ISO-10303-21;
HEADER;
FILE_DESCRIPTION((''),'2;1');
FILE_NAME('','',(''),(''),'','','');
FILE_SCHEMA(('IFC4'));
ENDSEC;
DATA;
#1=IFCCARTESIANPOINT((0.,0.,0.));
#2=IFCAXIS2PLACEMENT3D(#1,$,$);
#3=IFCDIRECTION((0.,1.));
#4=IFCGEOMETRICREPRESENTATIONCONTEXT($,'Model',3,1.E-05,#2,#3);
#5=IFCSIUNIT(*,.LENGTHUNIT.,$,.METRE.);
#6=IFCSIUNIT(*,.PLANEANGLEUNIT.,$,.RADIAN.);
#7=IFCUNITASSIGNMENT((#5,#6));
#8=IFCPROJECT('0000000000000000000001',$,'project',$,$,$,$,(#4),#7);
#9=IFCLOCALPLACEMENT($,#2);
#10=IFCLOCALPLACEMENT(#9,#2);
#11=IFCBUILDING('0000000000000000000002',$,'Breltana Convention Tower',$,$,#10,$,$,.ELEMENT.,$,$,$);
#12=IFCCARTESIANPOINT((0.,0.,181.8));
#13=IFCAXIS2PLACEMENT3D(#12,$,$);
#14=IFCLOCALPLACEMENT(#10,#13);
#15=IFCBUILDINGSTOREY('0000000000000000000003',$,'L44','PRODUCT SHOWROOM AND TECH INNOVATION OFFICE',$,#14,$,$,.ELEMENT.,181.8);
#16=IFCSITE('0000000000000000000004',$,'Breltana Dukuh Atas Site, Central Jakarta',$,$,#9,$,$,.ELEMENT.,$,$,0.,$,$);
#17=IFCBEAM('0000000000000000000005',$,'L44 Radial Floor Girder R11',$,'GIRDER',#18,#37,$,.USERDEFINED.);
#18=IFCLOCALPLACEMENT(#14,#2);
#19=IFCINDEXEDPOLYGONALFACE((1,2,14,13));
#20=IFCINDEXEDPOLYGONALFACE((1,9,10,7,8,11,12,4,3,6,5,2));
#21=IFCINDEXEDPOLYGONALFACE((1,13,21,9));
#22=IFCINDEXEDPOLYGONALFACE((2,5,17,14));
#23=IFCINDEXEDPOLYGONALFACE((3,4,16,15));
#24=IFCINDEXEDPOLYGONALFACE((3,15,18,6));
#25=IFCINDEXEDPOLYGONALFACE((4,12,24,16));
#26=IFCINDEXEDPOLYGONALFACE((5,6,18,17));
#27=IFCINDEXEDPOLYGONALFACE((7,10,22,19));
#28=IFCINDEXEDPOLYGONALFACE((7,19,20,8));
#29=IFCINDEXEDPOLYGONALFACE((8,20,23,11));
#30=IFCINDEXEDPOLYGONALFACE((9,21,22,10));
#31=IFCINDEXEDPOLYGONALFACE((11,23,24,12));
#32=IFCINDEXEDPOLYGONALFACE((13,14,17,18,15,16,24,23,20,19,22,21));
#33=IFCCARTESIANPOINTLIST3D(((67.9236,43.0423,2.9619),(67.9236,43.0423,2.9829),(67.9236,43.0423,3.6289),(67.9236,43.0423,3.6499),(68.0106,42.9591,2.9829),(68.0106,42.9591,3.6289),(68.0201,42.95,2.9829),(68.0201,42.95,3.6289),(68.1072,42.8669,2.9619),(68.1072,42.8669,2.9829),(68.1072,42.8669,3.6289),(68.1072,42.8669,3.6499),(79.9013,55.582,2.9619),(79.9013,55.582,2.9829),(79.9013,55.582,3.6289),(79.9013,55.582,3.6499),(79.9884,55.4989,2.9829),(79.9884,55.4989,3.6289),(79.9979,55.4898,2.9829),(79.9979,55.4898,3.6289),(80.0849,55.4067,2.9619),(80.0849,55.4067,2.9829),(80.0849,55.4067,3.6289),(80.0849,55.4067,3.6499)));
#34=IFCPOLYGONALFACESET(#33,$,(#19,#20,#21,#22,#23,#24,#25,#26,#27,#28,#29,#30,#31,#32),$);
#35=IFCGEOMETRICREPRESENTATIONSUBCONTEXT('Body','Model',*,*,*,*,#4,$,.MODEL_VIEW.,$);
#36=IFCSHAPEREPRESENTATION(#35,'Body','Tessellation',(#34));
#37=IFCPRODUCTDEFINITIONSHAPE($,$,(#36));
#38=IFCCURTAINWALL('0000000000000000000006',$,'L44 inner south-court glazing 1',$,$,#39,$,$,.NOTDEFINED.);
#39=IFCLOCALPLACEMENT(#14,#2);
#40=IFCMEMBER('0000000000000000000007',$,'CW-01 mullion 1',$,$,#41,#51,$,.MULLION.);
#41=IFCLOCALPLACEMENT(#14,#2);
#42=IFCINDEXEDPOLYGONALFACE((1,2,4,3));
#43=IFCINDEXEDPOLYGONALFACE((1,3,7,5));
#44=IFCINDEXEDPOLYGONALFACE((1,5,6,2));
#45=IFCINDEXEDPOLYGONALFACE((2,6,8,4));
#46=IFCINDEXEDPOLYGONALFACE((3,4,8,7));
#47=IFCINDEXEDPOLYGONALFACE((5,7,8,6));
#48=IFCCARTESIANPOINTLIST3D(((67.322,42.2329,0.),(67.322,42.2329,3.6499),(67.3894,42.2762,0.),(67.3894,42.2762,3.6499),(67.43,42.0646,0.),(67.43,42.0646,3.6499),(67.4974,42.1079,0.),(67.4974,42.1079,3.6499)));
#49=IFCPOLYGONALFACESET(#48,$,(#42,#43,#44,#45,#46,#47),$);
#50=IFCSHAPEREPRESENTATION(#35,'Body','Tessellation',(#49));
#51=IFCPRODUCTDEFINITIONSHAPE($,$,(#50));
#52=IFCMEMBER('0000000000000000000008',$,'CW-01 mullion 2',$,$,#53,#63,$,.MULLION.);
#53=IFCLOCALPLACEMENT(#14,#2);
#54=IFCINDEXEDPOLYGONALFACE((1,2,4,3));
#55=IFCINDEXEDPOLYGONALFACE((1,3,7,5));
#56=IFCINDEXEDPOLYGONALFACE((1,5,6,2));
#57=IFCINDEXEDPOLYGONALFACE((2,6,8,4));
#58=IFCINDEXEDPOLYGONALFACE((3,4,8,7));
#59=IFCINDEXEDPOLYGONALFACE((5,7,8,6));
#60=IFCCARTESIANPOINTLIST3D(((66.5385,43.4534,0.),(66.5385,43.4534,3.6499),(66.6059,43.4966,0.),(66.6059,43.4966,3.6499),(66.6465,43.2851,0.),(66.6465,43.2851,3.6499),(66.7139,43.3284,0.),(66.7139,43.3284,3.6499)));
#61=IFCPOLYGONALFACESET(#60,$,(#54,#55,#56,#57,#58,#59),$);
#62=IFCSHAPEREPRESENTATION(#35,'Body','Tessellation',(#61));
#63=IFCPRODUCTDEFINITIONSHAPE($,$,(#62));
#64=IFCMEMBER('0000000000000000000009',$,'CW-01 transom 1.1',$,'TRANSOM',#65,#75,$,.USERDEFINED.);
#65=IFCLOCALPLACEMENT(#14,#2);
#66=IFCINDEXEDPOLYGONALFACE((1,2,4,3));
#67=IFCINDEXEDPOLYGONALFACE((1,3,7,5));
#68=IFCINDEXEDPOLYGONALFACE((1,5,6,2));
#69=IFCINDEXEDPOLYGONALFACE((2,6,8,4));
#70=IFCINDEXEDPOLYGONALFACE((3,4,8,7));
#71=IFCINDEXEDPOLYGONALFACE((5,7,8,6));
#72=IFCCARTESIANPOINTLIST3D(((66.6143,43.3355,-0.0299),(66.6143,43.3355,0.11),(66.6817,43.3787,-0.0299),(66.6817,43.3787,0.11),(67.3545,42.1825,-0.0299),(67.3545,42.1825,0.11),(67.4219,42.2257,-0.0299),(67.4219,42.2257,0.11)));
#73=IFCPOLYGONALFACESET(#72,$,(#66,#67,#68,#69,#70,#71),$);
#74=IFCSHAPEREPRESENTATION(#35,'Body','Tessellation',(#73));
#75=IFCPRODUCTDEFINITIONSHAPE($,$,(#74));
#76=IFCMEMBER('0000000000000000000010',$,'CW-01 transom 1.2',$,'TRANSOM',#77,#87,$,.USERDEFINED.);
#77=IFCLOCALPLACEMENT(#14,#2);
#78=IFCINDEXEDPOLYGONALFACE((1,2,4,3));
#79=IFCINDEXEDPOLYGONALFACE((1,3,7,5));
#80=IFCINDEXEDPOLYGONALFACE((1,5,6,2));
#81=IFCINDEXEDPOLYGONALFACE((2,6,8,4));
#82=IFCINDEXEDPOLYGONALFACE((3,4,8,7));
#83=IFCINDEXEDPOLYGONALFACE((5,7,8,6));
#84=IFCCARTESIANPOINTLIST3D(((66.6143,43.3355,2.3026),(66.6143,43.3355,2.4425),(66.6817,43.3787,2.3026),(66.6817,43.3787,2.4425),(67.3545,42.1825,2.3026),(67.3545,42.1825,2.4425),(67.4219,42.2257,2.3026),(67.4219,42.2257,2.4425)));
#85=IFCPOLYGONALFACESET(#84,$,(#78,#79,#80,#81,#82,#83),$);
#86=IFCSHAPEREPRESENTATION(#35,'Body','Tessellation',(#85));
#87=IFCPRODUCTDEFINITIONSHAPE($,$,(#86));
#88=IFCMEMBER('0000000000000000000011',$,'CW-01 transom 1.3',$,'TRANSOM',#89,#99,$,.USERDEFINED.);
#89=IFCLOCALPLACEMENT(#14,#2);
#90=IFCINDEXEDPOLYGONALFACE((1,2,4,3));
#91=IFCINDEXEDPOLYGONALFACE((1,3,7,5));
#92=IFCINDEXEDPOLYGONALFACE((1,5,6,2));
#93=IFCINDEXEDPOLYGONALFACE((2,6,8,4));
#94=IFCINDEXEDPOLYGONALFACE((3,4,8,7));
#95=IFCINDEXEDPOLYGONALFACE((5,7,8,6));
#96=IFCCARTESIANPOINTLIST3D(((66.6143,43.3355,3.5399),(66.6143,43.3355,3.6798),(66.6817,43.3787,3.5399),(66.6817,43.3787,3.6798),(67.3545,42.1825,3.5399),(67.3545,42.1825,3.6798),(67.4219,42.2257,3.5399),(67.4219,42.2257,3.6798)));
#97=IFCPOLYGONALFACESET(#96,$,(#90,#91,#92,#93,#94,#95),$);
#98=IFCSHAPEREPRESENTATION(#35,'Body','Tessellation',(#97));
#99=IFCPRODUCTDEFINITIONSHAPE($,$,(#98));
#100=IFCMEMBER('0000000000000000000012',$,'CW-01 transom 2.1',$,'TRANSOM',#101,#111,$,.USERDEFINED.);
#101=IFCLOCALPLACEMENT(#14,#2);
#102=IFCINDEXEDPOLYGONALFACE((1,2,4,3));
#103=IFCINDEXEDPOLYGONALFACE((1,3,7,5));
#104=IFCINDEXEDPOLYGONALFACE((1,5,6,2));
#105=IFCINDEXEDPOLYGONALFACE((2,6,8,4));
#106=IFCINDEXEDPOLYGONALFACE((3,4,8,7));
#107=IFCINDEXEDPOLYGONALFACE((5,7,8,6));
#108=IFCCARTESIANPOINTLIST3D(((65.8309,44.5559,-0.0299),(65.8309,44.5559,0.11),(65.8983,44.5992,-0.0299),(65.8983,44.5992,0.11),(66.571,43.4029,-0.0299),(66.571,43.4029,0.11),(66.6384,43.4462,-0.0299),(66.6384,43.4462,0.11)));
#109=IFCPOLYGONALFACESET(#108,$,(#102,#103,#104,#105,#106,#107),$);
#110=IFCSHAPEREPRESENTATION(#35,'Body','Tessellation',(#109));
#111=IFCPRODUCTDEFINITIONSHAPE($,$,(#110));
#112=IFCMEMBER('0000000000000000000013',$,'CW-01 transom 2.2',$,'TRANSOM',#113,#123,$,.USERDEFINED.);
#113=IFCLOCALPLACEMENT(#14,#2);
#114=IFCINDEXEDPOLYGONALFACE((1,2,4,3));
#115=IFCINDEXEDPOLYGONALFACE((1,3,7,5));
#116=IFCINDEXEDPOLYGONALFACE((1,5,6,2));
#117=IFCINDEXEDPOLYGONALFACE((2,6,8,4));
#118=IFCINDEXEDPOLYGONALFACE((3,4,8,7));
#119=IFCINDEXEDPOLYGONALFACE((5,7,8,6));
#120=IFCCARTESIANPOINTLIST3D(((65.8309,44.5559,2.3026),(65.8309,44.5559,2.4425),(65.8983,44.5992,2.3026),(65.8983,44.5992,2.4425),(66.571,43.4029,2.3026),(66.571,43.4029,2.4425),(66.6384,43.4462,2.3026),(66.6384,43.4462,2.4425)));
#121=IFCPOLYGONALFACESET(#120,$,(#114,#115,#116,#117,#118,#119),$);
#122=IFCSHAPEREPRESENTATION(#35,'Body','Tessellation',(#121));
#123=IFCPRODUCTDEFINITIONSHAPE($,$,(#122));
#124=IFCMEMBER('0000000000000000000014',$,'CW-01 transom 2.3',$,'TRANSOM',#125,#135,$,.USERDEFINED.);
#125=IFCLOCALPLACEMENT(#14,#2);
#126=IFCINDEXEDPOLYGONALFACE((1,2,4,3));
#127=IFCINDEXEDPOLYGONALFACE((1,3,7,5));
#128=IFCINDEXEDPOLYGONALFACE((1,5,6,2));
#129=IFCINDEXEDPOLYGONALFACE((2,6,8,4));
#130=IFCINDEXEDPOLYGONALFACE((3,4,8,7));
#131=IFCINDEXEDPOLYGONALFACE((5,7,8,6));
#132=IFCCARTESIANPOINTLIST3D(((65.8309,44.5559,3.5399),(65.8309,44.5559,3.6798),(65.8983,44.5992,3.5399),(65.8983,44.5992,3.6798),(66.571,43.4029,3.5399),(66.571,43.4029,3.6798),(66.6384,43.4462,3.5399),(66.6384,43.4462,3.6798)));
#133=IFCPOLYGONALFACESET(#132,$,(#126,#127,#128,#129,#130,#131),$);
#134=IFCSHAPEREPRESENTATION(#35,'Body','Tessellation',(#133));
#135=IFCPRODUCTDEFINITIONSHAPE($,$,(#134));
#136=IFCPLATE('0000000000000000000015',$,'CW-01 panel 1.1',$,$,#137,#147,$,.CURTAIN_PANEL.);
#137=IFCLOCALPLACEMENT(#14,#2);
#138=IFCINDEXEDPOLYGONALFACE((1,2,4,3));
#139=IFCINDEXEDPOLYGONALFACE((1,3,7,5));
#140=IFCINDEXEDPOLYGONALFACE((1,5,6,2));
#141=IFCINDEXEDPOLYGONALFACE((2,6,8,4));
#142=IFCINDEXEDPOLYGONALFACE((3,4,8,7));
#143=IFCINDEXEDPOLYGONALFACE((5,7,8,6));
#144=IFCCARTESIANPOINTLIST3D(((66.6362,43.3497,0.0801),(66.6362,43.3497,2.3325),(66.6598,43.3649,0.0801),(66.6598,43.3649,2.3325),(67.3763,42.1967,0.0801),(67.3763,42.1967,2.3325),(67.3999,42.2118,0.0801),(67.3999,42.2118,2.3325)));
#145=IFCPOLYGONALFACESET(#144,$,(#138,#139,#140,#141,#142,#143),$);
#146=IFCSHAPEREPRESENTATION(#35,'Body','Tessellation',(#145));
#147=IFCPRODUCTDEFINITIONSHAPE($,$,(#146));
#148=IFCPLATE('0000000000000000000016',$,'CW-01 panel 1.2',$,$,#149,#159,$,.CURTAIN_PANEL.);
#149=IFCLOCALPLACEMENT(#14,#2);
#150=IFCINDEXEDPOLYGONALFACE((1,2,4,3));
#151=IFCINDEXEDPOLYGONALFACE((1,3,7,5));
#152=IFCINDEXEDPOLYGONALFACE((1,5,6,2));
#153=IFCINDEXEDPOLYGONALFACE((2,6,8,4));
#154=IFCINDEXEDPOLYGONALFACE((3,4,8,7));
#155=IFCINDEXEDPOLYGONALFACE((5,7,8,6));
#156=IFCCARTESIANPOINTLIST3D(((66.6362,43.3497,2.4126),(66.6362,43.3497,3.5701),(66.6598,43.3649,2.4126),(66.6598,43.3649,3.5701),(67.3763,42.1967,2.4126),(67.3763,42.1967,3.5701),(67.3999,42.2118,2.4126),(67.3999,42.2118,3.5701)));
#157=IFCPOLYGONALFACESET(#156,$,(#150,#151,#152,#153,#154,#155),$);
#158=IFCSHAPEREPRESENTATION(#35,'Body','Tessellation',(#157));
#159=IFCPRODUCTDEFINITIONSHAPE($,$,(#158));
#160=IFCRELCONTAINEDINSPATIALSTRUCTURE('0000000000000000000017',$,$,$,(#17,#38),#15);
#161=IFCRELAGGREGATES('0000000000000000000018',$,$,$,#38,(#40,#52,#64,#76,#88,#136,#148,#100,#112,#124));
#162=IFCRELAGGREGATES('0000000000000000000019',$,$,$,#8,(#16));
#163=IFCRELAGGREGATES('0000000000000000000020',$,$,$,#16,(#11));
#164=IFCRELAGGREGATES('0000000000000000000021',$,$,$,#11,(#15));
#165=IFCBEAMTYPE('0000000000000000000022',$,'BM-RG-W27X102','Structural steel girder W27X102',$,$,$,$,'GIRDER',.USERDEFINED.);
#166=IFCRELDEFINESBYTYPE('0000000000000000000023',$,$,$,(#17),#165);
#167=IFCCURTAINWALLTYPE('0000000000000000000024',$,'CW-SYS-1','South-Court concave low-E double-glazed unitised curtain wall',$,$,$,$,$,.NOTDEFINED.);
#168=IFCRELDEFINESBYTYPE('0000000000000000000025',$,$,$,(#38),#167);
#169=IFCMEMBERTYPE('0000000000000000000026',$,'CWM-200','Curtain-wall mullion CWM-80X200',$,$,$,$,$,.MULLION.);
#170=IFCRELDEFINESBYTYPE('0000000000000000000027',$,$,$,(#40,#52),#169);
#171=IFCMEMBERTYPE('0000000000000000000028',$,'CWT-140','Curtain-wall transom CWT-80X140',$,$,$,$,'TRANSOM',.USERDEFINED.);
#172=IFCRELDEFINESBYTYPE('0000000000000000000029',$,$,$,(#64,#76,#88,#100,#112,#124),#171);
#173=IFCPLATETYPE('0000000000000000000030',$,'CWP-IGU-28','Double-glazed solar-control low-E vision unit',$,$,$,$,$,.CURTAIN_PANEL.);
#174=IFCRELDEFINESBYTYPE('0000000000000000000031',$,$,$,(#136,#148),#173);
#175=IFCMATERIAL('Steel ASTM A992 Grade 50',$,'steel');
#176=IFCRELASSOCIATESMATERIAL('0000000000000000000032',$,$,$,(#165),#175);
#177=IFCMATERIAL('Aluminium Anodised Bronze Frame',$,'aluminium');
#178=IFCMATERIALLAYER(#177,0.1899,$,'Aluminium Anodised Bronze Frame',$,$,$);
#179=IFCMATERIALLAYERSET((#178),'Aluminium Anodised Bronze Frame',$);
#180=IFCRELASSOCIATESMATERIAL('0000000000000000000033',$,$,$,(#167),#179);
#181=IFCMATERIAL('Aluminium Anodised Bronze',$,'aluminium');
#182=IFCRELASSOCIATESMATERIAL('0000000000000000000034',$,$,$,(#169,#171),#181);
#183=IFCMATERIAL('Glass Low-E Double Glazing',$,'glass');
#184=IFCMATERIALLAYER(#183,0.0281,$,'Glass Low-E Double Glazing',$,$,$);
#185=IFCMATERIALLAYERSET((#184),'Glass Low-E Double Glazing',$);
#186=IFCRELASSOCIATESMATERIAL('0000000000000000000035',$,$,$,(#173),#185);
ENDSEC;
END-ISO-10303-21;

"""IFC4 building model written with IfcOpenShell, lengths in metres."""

from ifc_helpers import new_model, si_unit, direction, frame, origin, origin_2d, place, context, subcontext, project, spatial, rectangle, i_section, extrude, source, transform, mapped, material, layer, layer_set, material_profile, profile_set, type_object, type_shapes, element, aggregate, save


model = new_model("IFC4")

# Units and contexts
model_context = context("Model", 3, precision=1e-05, world=origin(), true_north=direction((0.0, 1.0)))
body_context = subcontext(model_context, "Body", "Model", "MODEL_VIEW")
ifc_project = project(units=[si_unit("LENGTHUNIT", "METRE"), si_unit("PLANEANGLEUNIT", "RADIAN")], contexts=[model_context])

# Site, building, storey
site_placement = place(None, origin())
site = spatial("IfcSite", under=ifc_project, at=site_placement, Name="Breltana Dukuh Atas Site, Central Jakarta", CompositionType="ELEMENT", RefElevation=0.0)
building_placement = place(site_placement, origin())
building = spatial("IfcBuilding", under=site, at=building_placement, Name="Breltana Convention Tower", CompositionType="ELEMENT")
storey_placement = place(building_placement, frame((0.0, 0.0, 181.8)))
storey = spatial("IfcBuildingStorey", under=building, at=storey_placement, Name="L44", Description="PRODUCT SHOWROOM AND TECH INNOVATION OFFICE", CompositionType="ELEMENT", Elevation=181.8)

# Beam
ifc_material_1 = material(Name="Steel ASTM A992 Grade 50", Category="steel")
ifc_material_profile_1 = material_profile(ifc_material_1, i_section(OverallWidth=0.2539, OverallDepth=0.688, WebThickness=0.0132, FlangeThickness=0.021, at=origin_2d()), Name="W27X102")
ifc_profile_set_1 = profile_set([ifc_material_profile_1], Name="Steel ASTM A992 Grade 50")
beam_type = type_object("IfcBeamType", Name="BM-RG-W27X102", Description="Structural steel girder W27X102", ElementType="GIRDER", PredefinedType="USERDEFINED", material=ifc_profile_set_1)
shared_shape_1 = source(origin(), body_context, "Body", "SweptSolid", [
    extrude(i_section(OverallWidth=0.2539, OverallDepth=0.688, WebThickness=0.0132, FlangeThickness=0.021, at=origin_2d()), origin(), (0.0, 0.0, 1.0), 17.3411),
])
type_shapes(beam_type, [shared_shape_1])
beam_placement = place(storey_placement, frame((68.0154, 42.9546, 3.3059), z_axis=(0.690716, 0.723126, 0.0), x_axis=(-0.723126, 0.690716, 0.0)))
element("IfcBeam", 1, at=beam_placement, inside=storey, type_object=beam_type, Name="L44 Radial Floor Girder R11", ObjectType="GIRDER", PredefinedType="USERDEFINED", context=body_context, shape_type="MappedRepresentation", body=[
    mapped(shared_shape_1, transform((0.0, 0.0, 0.0), scale=1.0)),
])

# Curtain wall, members, plates
ifc_material_2 = material(Name="Aluminium Anodised Bronze Frame", Category="aluminium")
ifc_layer_1 = layer(ifc_material_2, 0.1899, Name="Aluminium Anodised Bronze Frame")
ifc_layer_set_1 = layer_set([ifc_layer_1], Name="Aluminium Anodised Bronze Frame")
curtain_wall_type = type_object("IfcCurtainWallType", Name="CW-SYS-1", Description="South-Court concave low-E double-glazed unitised curtain wall", PredefinedType="NOTDEFINED", material=ifc_layer_set_1)
curtain_wall_placement = place(storey_placement, origin())
curtain_wall = element("IfcCurtainWall", 2, at=curtain_wall_placement, inside=storey, type_object=curtain_wall_type, Name="L44 inner south-court glazing 1", PredefinedType="NOTDEFINED")
ifc_material_3 = material(Name="Aluminium Anodised Bronze", Category="aluminium")
ifc_material_profile_2 = material_profile(ifc_material_3, rectangle(XDim=0.0801, YDim=0.2, at=origin_2d()), Name="CWM-80X200")
ifc_profile_set_2 = profile_set([ifc_material_profile_2], Name="Aluminium Anodised Bronze")
member_type_1 = type_object("IfcMemberType", Name="CWM-200", Description="Curtain-wall mullion CWM-80X200", PredefinedType="MULLION", material=ifc_profile_set_2)
shared_shape_2 = source(origin(), body_context, "Body", "SweptSolid", [
    extrude(rectangle(XDim=0.0801, YDim=0.2, at=origin_2d()), origin(), (0.0, 0.0, 1.0), 3.6499),
])
member_1_placement = place(storey_placement, frame((67.4097, 42.1704, 0.0), z_axis=(0.0, 0.0, 1.0), x_axis=(-0.841547, -0.540184, 0.0)))
member_1 = element("IfcMember", 3, at=member_1_placement, type_object=member_type_1, Name="CW-01 mullion 1", PredefinedType="MULLION", context=body_context, shape_type="MappedRepresentation", body=[
    mapped(shared_shape_2, transform((0.0, 0.0, 0.0), scale=1.0)),
])
member_2_placement = place(storey_placement, frame((66.6262, 43.3909, 0.0), z_axis=(0.0, 0.0, 1.0), x_axis=(-0.841547, -0.540184, 0.0)))
member_2 = element("IfcMember", 4, at=member_2_placement, type_object=member_type_1, Name="CW-01 mullion 2", PredefinedType="MULLION", context=body_context, shape_type="MappedRepresentation", body=[
    mapped(shared_shape_2, transform((0.0, 0.0, 0.0), scale=1.0)),
])
ifc_material_profile_3 = material_profile(ifc_material_3, rectangle(XDim=0.0801, YDim=0.1399, at=origin_2d()), Name="CWT-80X140")
ifc_profile_set_3 = profile_set([ifc_material_profile_3], Name="Aluminium Anodised Bronze")
member_type_2 = type_object("IfcMemberType", Name="CWT-140", Description="Curtain-wall transom CWT-80X140", ElementType="TRANSOM", PredefinedType="USERDEFINED", material=ifc_profile_set_3)
shared_shape_3 = source(origin(), body_context, "Body", "SweptSolid", [
    extrude(rectangle(XDim=0.0801, YDim=0.1399, at=origin_2d()), origin(), (0.0, 0.0, 1.0), 1.3701),
])
member_3_placement = place(storey_placement, frame((67.3882, 42.2041, 0.04), z_axis=(-0.540226, 0.84152, 0.0), x_axis=(-0.84152, -0.540226, 0.0)))
member_3 = element("IfcMember", 5, at=member_3_placement, type_object=member_type_2, Name="CW-01 transom 1.1", ObjectType="TRANSOM", PredefinedType="USERDEFINED", context=body_context, shape_type="MappedRepresentation", body=[
    mapped(shared_shape_3, transform((0.0, 0.0, 0.0), scale=1.0)),
])
member_4_placement = place(storey_placement, frame((67.3882, 42.2041, 2.3726), z_axis=(-0.540226, 0.84152, 0.0), x_axis=(-0.84152, -0.540226, 0.0)))
member_4 = element("IfcMember", 6, at=member_4_placement, type_object=member_type_2, Name="CW-01 transom 1.2", ObjectType="TRANSOM", PredefinedType="USERDEFINED", context=body_context, shape_type="MappedRepresentation", body=[
    mapped(shared_shape_3, transform((0.0, 0.0, 0.0), scale=1.0)),
])
member_5_placement = place(storey_placement, frame((67.3882, 42.2041, 3.6099), z_axis=(-0.540226, 0.84152, 0.0), x_axis=(-0.84152, -0.540226, 0.0)))
member_5 = element("IfcMember", 7, at=member_5_placement, type_object=member_type_2, Name="CW-01 transom 1.3", ObjectType="TRANSOM", PredefinedType="USERDEFINED", context=body_context, shape_type="MappedRepresentation", body=[
    mapped(shared_shape_3, transform((0.0, 0.0, 0.0), scale=1.0)),
])
member_6_placement = place(storey_placement, frame((66.6047, 43.4246, 0.04), z_axis=(-0.540226, 0.84152, 0.0), x_axis=(-0.84152, -0.540226, 0.0)))
member_6 = element("IfcMember", 8, at=member_6_placement, type_object=member_type_2, Name="CW-01 transom 2.1", ObjectType="TRANSOM", PredefinedType="USERDEFINED", context=body_context, shape_type="MappedRepresentation", body=[
    mapped(shared_shape_3, transform((0.0, 0.0, 0.0), scale=1.0)),
])
member_7_placement = place(storey_placement, frame((66.6047, 43.4246, 2.3726), z_axis=(-0.540226, 0.84152, 0.0), x_axis=(-0.84152, -0.540226, 0.0)))
member_7 = element("IfcMember", 9, at=member_7_placement, type_object=member_type_2, Name="CW-01 transom 2.2", ObjectType="TRANSOM", PredefinedType="USERDEFINED", context=body_context, shape_type="MappedRepresentation", body=[
    mapped(shared_shape_3, transform((0.0, 0.0, 0.0), scale=1.0)),
])
member_8_placement = place(storey_placement, frame((66.6047, 43.4246, 3.6099), z_axis=(-0.540226, 0.84152, 0.0), x_axis=(-0.84152, -0.540226, 0.0)))
member_8 = element("IfcMember", 10, at=member_8_placement, type_object=member_type_2, Name="CW-01 transom 2.3", ObjectType="TRANSOM", PredefinedType="USERDEFINED", context=body_context, shape_type="MappedRepresentation", body=[
    mapped(shared_shape_3, transform((0.0, 0.0, 0.0), scale=1.0)),
])
ifc_material_4 = material(Name="Glass Low-E Double Glazing", Category="glass")
ifc_layer_2 = layer(ifc_material_4, 0.0281, Name="Glass Low-E Double Glazing")
ifc_layer_set_2 = layer_set([ifc_layer_2], Name="Glass Low-E Double Glazing")
plate_type = type_object("IfcPlateType", Name="CWP-IGU-28", Description="Double-glazed solar-control low-E vision unit", PredefinedType="CURTAIN_PANEL", material=ifc_layer_set_2)
shared_shape_4 = source(origin(), body_context, "Body", "SweptSolid", [
    extrude(rectangle(XDim=1.3701, YDim=0.0281, at=origin_2d()), origin(), (0.0, 0.0, 1.0), 2.2524),
])
plate_1_placement = place(storey_placement, frame((67.0181, 42.7808, 0.0801), z_axis=(0.0, 0.0, 1.0), x_axis=(-0.540184, 0.841547, 0.0)))
plate_1 = element("IfcPlate", 11, at=plate_1_placement, type_object=plate_type, Name="CW-01 panel 1.1", PredefinedType="CURTAIN_PANEL", context=body_context, shape_type="MappedRepresentation", body=[
    mapped(shared_shape_4, transform((0.0, 0.0, 0.0), scale=1.0)),
])
shared_shape_5 = source(origin(), body_context, "Body", "SweptSolid", [
    extrude(rectangle(XDim=1.3701, YDim=0.0281, at=origin_2d()), origin(), (0.0, 0.0, 1.0), 1.1575),
])
plate_2_placement = place(storey_placement, frame((67.0181, 42.7808, 2.4126), z_axis=(0.0, 0.0, 1.0), x_axis=(-0.540184, 0.841547, 0.0)))
plate_2 = element("IfcPlate", 12, at=plate_2_placement, type_object=plate_type, Name="CW-01 panel 1.2", PredefinedType="CURTAIN_PANEL", context=body_context, shape_type="MappedRepresentation", body=[
    mapped(shared_shape_5, transform((0.0, 0.0, 0.0), scale=1.0)),
])
aggregate(curtain_wall, [member_1, member_2, member_3, member_4, member_5, plate_1, plate_2, member_6, member_7, member_8])

save(model, "model.ifc")
